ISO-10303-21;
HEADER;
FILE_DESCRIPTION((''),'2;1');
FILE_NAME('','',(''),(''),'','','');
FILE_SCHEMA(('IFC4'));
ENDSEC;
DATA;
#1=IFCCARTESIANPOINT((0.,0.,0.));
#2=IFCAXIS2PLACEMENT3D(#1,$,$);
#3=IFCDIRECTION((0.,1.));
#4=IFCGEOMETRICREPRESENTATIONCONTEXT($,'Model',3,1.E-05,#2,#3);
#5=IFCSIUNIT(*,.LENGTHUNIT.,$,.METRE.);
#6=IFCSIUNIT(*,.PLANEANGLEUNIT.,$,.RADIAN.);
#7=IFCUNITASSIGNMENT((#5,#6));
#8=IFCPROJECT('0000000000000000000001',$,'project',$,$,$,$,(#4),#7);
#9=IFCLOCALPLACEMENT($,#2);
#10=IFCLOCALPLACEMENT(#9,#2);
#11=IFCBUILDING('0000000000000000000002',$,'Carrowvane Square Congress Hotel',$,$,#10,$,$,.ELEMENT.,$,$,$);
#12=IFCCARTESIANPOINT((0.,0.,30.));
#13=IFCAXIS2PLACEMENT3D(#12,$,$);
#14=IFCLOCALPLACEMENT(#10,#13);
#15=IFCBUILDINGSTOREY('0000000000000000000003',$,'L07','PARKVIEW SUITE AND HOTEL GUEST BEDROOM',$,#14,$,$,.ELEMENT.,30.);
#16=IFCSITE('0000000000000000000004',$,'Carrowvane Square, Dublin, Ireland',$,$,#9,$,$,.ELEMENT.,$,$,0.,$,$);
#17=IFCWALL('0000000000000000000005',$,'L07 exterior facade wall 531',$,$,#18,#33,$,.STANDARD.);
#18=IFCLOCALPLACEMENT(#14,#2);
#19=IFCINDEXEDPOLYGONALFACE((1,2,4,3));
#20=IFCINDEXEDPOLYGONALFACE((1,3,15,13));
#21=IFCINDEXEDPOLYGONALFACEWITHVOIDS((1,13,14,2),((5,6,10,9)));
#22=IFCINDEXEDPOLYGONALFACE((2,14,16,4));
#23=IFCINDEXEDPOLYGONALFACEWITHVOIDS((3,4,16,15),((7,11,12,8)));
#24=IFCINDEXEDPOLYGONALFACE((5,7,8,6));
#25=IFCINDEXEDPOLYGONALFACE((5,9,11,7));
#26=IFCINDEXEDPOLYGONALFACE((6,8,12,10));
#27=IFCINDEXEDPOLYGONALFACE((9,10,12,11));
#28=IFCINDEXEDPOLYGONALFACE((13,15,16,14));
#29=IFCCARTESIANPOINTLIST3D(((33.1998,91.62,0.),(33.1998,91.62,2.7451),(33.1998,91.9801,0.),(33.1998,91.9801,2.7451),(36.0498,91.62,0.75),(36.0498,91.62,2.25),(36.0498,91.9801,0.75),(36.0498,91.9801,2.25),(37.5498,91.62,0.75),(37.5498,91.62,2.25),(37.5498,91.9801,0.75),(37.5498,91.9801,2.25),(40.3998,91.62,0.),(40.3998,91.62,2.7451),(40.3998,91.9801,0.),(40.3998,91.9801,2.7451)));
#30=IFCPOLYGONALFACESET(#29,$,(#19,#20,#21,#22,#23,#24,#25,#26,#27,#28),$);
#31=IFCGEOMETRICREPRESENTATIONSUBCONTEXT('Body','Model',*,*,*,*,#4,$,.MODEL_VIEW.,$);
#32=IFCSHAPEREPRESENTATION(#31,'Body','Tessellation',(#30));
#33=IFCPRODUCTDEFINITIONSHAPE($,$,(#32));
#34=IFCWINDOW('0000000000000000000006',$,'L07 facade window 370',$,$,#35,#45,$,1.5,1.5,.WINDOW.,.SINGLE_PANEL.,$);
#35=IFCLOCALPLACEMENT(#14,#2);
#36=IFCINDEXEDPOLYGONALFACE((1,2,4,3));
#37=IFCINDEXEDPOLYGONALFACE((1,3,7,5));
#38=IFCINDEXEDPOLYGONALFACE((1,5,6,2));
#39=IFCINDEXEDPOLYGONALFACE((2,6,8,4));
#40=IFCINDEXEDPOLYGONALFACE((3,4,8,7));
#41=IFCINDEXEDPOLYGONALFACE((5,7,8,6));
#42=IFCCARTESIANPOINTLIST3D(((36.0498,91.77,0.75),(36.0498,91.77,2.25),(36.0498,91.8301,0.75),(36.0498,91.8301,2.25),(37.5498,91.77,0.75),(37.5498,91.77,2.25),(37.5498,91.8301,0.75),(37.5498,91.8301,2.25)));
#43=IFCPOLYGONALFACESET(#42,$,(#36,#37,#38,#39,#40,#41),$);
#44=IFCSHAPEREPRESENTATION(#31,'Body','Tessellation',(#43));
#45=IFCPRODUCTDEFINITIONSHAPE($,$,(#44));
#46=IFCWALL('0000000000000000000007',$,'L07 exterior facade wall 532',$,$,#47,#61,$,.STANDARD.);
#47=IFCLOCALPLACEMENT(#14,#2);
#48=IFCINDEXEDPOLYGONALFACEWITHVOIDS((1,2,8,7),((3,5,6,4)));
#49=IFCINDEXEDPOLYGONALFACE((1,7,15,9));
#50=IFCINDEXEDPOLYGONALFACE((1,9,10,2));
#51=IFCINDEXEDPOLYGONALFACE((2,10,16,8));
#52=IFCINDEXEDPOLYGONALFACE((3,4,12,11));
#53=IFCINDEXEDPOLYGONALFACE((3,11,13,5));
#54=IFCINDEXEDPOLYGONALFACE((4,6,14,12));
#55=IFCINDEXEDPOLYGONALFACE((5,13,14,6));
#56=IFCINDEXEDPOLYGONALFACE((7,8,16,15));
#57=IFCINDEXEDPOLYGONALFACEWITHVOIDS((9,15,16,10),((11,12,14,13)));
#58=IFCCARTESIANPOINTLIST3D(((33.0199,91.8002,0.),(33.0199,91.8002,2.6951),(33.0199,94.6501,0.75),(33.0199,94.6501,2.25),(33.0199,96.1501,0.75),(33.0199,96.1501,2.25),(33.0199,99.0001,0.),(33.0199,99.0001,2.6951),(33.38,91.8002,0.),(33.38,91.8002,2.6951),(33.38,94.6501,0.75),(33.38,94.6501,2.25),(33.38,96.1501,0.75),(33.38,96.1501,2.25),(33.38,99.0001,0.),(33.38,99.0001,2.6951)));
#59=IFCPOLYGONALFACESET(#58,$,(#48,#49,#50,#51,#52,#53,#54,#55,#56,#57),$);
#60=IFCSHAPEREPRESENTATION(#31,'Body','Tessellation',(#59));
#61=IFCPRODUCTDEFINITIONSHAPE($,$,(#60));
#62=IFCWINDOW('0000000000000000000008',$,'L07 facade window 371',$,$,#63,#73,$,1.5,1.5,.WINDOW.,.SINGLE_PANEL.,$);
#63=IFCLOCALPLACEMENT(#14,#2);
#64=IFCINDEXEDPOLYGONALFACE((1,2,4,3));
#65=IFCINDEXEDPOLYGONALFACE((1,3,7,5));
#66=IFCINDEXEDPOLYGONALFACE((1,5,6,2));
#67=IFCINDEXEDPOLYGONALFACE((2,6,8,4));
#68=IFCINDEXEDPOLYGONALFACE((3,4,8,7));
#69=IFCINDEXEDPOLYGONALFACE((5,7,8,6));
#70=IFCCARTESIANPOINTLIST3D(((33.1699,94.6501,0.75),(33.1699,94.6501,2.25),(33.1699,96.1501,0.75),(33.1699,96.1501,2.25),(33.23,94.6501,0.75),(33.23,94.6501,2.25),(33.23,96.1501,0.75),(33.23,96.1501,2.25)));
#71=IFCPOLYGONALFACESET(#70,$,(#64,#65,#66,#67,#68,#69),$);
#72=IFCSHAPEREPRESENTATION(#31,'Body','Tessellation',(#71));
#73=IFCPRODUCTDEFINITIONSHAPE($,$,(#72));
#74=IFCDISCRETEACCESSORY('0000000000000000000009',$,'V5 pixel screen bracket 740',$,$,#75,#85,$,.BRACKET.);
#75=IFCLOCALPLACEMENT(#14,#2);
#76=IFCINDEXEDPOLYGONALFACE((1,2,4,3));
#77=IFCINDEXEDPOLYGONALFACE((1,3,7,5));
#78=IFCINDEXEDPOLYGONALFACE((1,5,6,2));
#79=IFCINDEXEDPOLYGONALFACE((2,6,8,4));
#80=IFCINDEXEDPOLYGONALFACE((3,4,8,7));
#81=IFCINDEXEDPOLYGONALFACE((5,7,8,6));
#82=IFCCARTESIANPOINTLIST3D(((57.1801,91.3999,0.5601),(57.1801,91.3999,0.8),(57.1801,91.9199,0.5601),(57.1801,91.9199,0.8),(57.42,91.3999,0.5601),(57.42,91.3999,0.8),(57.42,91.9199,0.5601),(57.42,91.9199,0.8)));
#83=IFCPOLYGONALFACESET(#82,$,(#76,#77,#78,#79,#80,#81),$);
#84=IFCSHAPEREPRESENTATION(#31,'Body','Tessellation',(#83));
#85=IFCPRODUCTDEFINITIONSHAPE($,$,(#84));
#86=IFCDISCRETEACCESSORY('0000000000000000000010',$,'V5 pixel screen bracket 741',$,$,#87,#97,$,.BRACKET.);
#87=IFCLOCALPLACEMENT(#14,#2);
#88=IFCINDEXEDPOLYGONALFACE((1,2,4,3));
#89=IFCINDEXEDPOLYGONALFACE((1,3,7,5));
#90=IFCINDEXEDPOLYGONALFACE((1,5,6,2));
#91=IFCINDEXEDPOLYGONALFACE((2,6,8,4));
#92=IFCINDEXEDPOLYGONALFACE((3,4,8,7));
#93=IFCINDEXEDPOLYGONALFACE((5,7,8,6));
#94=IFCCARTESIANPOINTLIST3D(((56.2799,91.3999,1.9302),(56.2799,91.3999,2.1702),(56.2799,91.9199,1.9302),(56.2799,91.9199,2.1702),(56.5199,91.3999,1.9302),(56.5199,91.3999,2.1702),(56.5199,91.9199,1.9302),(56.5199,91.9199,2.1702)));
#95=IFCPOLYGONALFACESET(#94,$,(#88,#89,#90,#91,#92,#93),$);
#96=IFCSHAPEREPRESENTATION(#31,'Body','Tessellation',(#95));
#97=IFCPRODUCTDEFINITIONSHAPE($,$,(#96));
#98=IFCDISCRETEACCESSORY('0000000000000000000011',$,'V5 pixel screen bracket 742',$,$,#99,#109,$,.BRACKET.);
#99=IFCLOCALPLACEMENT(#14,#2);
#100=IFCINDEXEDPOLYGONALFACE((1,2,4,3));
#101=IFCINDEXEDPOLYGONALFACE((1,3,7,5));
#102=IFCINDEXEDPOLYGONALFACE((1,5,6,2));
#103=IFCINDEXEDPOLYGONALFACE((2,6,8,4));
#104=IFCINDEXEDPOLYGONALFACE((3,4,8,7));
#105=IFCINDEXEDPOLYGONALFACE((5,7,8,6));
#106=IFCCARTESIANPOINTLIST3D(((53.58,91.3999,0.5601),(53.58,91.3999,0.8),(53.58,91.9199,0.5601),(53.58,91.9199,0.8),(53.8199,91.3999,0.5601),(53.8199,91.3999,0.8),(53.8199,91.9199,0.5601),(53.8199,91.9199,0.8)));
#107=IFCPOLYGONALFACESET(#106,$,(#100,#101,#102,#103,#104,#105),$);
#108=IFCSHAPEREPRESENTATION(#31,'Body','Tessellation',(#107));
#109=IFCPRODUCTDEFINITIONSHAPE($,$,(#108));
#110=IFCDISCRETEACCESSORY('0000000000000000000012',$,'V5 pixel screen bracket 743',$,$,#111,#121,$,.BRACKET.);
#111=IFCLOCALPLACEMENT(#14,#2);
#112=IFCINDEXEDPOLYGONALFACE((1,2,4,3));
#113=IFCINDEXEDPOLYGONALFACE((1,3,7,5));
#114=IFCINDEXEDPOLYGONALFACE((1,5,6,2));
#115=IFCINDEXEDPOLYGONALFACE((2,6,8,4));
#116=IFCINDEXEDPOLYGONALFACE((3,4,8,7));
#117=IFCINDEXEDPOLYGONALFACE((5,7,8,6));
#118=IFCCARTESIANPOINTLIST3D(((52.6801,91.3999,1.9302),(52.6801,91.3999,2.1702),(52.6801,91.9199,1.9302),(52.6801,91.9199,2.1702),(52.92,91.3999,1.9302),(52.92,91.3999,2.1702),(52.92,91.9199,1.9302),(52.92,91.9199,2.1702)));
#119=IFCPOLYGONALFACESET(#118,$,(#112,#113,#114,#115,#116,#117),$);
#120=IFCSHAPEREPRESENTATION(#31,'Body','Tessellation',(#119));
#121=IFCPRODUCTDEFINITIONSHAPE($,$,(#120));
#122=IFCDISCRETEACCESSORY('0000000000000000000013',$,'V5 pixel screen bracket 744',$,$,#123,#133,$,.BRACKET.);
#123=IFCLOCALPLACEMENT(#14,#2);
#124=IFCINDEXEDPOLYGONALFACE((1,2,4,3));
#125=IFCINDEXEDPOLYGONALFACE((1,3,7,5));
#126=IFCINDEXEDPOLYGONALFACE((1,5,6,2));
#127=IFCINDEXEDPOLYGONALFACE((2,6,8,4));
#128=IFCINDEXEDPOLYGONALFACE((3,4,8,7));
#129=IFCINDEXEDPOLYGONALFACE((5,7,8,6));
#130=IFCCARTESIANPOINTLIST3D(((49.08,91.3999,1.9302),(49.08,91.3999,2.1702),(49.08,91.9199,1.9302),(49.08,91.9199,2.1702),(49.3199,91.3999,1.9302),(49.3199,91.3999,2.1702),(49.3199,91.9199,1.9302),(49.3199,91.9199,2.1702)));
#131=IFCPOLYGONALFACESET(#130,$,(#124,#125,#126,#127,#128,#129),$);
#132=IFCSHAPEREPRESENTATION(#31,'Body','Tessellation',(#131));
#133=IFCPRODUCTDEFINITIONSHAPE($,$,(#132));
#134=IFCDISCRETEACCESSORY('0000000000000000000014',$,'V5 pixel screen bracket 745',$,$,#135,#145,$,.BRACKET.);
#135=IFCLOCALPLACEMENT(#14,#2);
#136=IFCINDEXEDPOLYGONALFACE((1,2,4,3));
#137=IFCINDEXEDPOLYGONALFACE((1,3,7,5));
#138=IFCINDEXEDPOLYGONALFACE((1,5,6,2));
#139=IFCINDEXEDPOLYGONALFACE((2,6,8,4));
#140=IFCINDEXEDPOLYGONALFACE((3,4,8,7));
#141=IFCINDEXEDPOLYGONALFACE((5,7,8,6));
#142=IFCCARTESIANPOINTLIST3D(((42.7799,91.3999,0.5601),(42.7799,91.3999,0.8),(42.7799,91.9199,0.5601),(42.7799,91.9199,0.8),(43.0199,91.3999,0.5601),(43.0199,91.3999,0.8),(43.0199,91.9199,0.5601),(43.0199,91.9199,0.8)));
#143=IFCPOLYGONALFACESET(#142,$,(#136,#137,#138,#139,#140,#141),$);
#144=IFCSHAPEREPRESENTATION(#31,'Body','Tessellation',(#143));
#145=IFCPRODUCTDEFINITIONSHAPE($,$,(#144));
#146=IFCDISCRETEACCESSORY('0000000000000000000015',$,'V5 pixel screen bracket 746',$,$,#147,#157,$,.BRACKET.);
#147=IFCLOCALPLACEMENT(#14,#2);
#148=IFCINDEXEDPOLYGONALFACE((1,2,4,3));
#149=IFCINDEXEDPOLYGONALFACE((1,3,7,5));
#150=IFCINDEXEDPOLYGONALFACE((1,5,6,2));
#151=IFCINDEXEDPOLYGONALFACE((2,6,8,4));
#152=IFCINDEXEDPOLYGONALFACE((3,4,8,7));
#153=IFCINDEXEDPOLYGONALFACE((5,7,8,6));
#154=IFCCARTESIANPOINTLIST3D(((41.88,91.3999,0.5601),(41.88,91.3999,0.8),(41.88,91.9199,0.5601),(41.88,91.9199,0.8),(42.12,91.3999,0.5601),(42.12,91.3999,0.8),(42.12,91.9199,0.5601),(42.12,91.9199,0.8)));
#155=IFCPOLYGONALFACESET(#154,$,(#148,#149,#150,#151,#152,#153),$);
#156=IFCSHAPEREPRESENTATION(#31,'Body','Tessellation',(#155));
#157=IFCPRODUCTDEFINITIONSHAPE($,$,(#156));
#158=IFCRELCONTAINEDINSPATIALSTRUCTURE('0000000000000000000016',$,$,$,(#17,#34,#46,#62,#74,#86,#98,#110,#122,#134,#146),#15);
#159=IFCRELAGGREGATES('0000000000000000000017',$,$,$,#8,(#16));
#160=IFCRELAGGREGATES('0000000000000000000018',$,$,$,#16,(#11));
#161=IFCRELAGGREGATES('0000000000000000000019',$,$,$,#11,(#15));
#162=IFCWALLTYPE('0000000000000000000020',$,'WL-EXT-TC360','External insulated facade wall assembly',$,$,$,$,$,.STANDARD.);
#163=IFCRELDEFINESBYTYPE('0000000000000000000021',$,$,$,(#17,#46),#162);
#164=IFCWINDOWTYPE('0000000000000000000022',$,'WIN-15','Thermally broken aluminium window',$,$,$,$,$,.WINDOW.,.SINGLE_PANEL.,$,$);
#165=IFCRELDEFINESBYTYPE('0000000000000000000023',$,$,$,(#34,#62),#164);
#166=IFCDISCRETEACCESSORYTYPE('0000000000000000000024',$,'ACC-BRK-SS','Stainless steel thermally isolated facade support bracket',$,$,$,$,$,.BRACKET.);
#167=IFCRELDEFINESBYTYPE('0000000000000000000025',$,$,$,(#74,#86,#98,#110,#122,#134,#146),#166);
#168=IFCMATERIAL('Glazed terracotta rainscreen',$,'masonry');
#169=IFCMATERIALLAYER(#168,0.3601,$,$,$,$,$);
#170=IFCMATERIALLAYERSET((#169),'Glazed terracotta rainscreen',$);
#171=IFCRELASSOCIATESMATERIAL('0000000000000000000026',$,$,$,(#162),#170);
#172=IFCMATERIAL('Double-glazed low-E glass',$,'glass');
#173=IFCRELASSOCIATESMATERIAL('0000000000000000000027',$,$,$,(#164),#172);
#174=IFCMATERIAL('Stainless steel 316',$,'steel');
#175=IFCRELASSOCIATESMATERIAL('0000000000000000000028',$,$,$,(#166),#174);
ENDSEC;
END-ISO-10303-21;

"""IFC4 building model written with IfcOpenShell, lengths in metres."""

from ifc_helpers import new_model, si_unit, direction, frame, frame_2d, origin, origin_2d, place, context, subcontext, project, spatial, rectangle, extrude, material, layer, layer_set, type_object, element, fill, save


model = new_model("IFC4")

# Units and contexts
model_context = context("Model", 3, precision=1e-05, world=origin(), true_north=direction((0.0, 1.0)))
body_context = subcontext(model_context, "Body", "Model", "MODEL_VIEW")
ifc_project = project(units=[si_unit("LENGTHUNIT", "METRE"), si_unit("PLANEANGLEUNIT", "RADIAN")], contexts=[model_context])

# Site, building, storey
site_placement = place(None, origin())
site = spatial("IfcSite", under=ifc_project, at=site_placement, Name="Carrowvane Square, Dublin, Ireland", CompositionType="ELEMENT", RefElevation=0.0)
building_placement = place(site_placement, origin())
building = spatial("IfcBuilding", under=site, at=building_placement, Name="Carrowvane Square Congress Hotel", CompositionType="ELEMENT")
storey_placement = place(building_placement, frame((0.0, 0.0, 30.0)))
storey = spatial("IfcBuildingStorey", under=building, at=storey_placement, Name="L07", Description="PARKVIEW SUITE AND HOTEL GUEST BEDROOM", CompositionType="ELEMENT", Elevation=30.0)

# Shared definitions
ifc_material_1 = material(Name="Glazed terracotta rainscreen", Category="masonry")
ifc_layer = layer(ifc_material_1, 0.3601)
ifc_layer_set = layer_set([ifc_layer], Name="Glazed terracotta rainscreen")
wall_type = type_object("IfcWallType", Name="WL-EXT-TC360", Description="External insulated facade wall assembly", PredefinedType="STANDARD", material=ifc_layer_set)

# Walls, openings, windows
ifc_material_2 = material(Name="Double-glazed low-E glass", Category="glass")
window_type_1 = type_object("IfcWindowType", Name="WIN-15", Description="Thermally broken aluminium window", PartitioningType="SINGLE_PANEL", PredefinedType="WINDOW", material=ifc_material_2)
wall_1_placement = place(storey_placement, frame((40.3999, 91.8, 0.0), z_axis=(0.0, 0.0, 1.0), x_axis=(-1.0, 0.0, 0.0)))
wall_1 = element("IfcWall", 1, at=wall_1_placement, inside=storey, type_object=wall_type, Name="L07 exterior facade wall 531", PredefinedType="STANDARD", context=body_context, shape_type="SweptSolid", body=[
    extrude(rectangle(XDim=7.2, YDim=0.3601, at=frame_2d((3.6001, 0.0))), origin(), (0.0, 0.0, 1.0), 2.7451),
])
opening_1_placement = place(wall_1_placement, frame((2.8501, 0.0, 0.75)))
opening_1 = element("IfcOpeningElement", 2, at=opening_1_placement, cuts=wall_1, PredefinedType="OPENING", context=body_context, shape_type="SweptSolid", body=[
    extrude(rectangle(XDim=1.5, YDim=1.5, at=frame_2d((0.75, 0.75))), frame((0.0, 0.1899, 0.0), z_axis=(0.0, -1.0, 0.0), x_axis=(1.0, 0.0, 0.0)), (0.0, 0.0, 1.0), 0.3801),
])
window_1_placement = place(opening_1_placement, origin())
window_1 = element("IfcWindow", 3, at=window_1_placement, inside=storey, type_object=window_type_1, Name="L07 facade window 370", OverallHeight=1.5, OverallWidth=1.5, PartitioningType="SINGLE_PANEL", PredefinedType="WINDOW", context=body_context, shape_type="SweptSolid", body=[
    extrude(rectangle(XDim=1.5, YDim=1.5, at=frame_2d((0.75, 0.75))), frame((0.0, 0.03, 0.0), z_axis=(0.0, -1.0, 0.0), x_axis=(1.0, 0.0, 0.0)), (0.0, 0.0, 1.0), 0.0601),
])
fill(opening_1, window_1)
wall_2_placement = place(storey_placement, frame((33.2, 91.8, 0.0), z_axis=(0.0, 0.0, 1.0), x_axis=(0.0, 1.0, 0.0)))
wall_2 = element("IfcWall", 4, at=wall_2_placement, inside=storey, type_object=wall_type, Name="L07 exterior facade wall 532", PredefinedType="STANDARD", context=body_context, shape_type="SweptSolid", body=[
    extrude(rectangle(XDim=7.2, YDim=0.3601, at=frame_2d((3.6001, 0.0))), origin(), (0.0, 0.0, 1.0), 2.6951),
])
opening_2_placement = place(wall_2_placement, frame((2.8501, 0.0, 0.75)))
opening_2 = element("IfcOpeningElement", 5, at=opening_2_placement, cuts=wall_2, PredefinedType="OPENING", context=body_context, shape_type="SweptSolid", body=[
    extrude(rectangle(XDim=1.5, YDim=1.5, at=frame_2d((0.75, 0.75))), frame((0.0, 0.1899, 0.0), z_axis=(0.0, -1.0, 0.0), x_axis=(1.0, 0.0, 0.0)), (0.0, 0.0, 1.0), 0.3801),
])
window_2_placement = place(opening_2_placement, origin())
window_2 = element("IfcWindow", 6, at=window_2_placement, inside=storey, type_object=window_type_1, Name="L07 facade window 371", OverallHeight=1.5, OverallWidth=1.5, PartitioningType="SINGLE_PANEL", PredefinedType="WINDOW", context=body_context, shape_type="SweptSolid", body=[
    extrude(rectangle(XDim=1.5, YDim=1.5, at=frame_2d((0.75, 0.75))), frame((0.0, 0.03, 0.0), z_axis=(0.0, -1.0, 0.0), x_axis=(1.0, 0.0, 0.0)), (0.0, 0.0, 1.0), 0.0601),
])
fill(opening_2, window_2)

# Discrete accessories
ifc_material_3 = material(Name="Stainless steel 316", Category="steel")
discrete_accessory_type = type_object("IfcDiscreteAccessoryType", Name="ACC-BRK-SS", Description="Stainless steel thermally isolated facade support bracket", PredefinedType="BRACKET", material=ifc_material_3)
for number, where, z_axis, x_axis, name in (
    (7, (57.3, 91.6599, 0.5601), (0.0, 0.0, 1.0), (-1.0, 0.0, 0.0), "V5 pixel screen bracket 740"),
    (8, (56.3999, 91.6599, 1.9302), (0.0, 0.0, 1.0), (-1.0, 0.0, 0.0), "V5 pixel screen bracket 741"),
    (9, (53.7, 91.6599, 0.5601), (0.0, 0.0, 1.0), (-1.0, 0.0, 0.0), "V5 pixel screen bracket 742"),
    (10, (52.8, 91.6599, 1.9302), (0.0, 0.0, 1.0), (-1.0, 0.0, 0.0), "V5 pixel screen bracket 743"),
    (11, (49.2, 91.6599, 1.9302), (0.0, 0.0, 1.0), (-1.0, 0.0, 0.0), "V5 pixel screen bracket 744"),
    (12, (42.8999, 91.6599, 0.5601), (0.0, 0.0, 1.0), (-1.0, 0.0, 0.0), "V5 pixel screen bracket 745"),
    (13, (42.0, 91.6599, 0.5601), (0.0, 0.0, 1.0), (-1.0, 0.0, 0.0), "V5 pixel screen bracket 746"),
):
    element("IfcDiscreteAccessory", number, at=place(storey_placement, frame(where, z_axis=z_axis, x_axis=x_axis)), inside=storey, type_object=discrete_accessory_type, Name=name, PredefinedType="BRACKET", context=body_context, shape_type="SweptSolid", body=[
        extrude(rectangle(XDim=0.24, YDim=0.52, at=origin_2d()), origin(), (0.0, 0.0, 1.0), 0.24),
    ])

save(model, "model.ifc")
